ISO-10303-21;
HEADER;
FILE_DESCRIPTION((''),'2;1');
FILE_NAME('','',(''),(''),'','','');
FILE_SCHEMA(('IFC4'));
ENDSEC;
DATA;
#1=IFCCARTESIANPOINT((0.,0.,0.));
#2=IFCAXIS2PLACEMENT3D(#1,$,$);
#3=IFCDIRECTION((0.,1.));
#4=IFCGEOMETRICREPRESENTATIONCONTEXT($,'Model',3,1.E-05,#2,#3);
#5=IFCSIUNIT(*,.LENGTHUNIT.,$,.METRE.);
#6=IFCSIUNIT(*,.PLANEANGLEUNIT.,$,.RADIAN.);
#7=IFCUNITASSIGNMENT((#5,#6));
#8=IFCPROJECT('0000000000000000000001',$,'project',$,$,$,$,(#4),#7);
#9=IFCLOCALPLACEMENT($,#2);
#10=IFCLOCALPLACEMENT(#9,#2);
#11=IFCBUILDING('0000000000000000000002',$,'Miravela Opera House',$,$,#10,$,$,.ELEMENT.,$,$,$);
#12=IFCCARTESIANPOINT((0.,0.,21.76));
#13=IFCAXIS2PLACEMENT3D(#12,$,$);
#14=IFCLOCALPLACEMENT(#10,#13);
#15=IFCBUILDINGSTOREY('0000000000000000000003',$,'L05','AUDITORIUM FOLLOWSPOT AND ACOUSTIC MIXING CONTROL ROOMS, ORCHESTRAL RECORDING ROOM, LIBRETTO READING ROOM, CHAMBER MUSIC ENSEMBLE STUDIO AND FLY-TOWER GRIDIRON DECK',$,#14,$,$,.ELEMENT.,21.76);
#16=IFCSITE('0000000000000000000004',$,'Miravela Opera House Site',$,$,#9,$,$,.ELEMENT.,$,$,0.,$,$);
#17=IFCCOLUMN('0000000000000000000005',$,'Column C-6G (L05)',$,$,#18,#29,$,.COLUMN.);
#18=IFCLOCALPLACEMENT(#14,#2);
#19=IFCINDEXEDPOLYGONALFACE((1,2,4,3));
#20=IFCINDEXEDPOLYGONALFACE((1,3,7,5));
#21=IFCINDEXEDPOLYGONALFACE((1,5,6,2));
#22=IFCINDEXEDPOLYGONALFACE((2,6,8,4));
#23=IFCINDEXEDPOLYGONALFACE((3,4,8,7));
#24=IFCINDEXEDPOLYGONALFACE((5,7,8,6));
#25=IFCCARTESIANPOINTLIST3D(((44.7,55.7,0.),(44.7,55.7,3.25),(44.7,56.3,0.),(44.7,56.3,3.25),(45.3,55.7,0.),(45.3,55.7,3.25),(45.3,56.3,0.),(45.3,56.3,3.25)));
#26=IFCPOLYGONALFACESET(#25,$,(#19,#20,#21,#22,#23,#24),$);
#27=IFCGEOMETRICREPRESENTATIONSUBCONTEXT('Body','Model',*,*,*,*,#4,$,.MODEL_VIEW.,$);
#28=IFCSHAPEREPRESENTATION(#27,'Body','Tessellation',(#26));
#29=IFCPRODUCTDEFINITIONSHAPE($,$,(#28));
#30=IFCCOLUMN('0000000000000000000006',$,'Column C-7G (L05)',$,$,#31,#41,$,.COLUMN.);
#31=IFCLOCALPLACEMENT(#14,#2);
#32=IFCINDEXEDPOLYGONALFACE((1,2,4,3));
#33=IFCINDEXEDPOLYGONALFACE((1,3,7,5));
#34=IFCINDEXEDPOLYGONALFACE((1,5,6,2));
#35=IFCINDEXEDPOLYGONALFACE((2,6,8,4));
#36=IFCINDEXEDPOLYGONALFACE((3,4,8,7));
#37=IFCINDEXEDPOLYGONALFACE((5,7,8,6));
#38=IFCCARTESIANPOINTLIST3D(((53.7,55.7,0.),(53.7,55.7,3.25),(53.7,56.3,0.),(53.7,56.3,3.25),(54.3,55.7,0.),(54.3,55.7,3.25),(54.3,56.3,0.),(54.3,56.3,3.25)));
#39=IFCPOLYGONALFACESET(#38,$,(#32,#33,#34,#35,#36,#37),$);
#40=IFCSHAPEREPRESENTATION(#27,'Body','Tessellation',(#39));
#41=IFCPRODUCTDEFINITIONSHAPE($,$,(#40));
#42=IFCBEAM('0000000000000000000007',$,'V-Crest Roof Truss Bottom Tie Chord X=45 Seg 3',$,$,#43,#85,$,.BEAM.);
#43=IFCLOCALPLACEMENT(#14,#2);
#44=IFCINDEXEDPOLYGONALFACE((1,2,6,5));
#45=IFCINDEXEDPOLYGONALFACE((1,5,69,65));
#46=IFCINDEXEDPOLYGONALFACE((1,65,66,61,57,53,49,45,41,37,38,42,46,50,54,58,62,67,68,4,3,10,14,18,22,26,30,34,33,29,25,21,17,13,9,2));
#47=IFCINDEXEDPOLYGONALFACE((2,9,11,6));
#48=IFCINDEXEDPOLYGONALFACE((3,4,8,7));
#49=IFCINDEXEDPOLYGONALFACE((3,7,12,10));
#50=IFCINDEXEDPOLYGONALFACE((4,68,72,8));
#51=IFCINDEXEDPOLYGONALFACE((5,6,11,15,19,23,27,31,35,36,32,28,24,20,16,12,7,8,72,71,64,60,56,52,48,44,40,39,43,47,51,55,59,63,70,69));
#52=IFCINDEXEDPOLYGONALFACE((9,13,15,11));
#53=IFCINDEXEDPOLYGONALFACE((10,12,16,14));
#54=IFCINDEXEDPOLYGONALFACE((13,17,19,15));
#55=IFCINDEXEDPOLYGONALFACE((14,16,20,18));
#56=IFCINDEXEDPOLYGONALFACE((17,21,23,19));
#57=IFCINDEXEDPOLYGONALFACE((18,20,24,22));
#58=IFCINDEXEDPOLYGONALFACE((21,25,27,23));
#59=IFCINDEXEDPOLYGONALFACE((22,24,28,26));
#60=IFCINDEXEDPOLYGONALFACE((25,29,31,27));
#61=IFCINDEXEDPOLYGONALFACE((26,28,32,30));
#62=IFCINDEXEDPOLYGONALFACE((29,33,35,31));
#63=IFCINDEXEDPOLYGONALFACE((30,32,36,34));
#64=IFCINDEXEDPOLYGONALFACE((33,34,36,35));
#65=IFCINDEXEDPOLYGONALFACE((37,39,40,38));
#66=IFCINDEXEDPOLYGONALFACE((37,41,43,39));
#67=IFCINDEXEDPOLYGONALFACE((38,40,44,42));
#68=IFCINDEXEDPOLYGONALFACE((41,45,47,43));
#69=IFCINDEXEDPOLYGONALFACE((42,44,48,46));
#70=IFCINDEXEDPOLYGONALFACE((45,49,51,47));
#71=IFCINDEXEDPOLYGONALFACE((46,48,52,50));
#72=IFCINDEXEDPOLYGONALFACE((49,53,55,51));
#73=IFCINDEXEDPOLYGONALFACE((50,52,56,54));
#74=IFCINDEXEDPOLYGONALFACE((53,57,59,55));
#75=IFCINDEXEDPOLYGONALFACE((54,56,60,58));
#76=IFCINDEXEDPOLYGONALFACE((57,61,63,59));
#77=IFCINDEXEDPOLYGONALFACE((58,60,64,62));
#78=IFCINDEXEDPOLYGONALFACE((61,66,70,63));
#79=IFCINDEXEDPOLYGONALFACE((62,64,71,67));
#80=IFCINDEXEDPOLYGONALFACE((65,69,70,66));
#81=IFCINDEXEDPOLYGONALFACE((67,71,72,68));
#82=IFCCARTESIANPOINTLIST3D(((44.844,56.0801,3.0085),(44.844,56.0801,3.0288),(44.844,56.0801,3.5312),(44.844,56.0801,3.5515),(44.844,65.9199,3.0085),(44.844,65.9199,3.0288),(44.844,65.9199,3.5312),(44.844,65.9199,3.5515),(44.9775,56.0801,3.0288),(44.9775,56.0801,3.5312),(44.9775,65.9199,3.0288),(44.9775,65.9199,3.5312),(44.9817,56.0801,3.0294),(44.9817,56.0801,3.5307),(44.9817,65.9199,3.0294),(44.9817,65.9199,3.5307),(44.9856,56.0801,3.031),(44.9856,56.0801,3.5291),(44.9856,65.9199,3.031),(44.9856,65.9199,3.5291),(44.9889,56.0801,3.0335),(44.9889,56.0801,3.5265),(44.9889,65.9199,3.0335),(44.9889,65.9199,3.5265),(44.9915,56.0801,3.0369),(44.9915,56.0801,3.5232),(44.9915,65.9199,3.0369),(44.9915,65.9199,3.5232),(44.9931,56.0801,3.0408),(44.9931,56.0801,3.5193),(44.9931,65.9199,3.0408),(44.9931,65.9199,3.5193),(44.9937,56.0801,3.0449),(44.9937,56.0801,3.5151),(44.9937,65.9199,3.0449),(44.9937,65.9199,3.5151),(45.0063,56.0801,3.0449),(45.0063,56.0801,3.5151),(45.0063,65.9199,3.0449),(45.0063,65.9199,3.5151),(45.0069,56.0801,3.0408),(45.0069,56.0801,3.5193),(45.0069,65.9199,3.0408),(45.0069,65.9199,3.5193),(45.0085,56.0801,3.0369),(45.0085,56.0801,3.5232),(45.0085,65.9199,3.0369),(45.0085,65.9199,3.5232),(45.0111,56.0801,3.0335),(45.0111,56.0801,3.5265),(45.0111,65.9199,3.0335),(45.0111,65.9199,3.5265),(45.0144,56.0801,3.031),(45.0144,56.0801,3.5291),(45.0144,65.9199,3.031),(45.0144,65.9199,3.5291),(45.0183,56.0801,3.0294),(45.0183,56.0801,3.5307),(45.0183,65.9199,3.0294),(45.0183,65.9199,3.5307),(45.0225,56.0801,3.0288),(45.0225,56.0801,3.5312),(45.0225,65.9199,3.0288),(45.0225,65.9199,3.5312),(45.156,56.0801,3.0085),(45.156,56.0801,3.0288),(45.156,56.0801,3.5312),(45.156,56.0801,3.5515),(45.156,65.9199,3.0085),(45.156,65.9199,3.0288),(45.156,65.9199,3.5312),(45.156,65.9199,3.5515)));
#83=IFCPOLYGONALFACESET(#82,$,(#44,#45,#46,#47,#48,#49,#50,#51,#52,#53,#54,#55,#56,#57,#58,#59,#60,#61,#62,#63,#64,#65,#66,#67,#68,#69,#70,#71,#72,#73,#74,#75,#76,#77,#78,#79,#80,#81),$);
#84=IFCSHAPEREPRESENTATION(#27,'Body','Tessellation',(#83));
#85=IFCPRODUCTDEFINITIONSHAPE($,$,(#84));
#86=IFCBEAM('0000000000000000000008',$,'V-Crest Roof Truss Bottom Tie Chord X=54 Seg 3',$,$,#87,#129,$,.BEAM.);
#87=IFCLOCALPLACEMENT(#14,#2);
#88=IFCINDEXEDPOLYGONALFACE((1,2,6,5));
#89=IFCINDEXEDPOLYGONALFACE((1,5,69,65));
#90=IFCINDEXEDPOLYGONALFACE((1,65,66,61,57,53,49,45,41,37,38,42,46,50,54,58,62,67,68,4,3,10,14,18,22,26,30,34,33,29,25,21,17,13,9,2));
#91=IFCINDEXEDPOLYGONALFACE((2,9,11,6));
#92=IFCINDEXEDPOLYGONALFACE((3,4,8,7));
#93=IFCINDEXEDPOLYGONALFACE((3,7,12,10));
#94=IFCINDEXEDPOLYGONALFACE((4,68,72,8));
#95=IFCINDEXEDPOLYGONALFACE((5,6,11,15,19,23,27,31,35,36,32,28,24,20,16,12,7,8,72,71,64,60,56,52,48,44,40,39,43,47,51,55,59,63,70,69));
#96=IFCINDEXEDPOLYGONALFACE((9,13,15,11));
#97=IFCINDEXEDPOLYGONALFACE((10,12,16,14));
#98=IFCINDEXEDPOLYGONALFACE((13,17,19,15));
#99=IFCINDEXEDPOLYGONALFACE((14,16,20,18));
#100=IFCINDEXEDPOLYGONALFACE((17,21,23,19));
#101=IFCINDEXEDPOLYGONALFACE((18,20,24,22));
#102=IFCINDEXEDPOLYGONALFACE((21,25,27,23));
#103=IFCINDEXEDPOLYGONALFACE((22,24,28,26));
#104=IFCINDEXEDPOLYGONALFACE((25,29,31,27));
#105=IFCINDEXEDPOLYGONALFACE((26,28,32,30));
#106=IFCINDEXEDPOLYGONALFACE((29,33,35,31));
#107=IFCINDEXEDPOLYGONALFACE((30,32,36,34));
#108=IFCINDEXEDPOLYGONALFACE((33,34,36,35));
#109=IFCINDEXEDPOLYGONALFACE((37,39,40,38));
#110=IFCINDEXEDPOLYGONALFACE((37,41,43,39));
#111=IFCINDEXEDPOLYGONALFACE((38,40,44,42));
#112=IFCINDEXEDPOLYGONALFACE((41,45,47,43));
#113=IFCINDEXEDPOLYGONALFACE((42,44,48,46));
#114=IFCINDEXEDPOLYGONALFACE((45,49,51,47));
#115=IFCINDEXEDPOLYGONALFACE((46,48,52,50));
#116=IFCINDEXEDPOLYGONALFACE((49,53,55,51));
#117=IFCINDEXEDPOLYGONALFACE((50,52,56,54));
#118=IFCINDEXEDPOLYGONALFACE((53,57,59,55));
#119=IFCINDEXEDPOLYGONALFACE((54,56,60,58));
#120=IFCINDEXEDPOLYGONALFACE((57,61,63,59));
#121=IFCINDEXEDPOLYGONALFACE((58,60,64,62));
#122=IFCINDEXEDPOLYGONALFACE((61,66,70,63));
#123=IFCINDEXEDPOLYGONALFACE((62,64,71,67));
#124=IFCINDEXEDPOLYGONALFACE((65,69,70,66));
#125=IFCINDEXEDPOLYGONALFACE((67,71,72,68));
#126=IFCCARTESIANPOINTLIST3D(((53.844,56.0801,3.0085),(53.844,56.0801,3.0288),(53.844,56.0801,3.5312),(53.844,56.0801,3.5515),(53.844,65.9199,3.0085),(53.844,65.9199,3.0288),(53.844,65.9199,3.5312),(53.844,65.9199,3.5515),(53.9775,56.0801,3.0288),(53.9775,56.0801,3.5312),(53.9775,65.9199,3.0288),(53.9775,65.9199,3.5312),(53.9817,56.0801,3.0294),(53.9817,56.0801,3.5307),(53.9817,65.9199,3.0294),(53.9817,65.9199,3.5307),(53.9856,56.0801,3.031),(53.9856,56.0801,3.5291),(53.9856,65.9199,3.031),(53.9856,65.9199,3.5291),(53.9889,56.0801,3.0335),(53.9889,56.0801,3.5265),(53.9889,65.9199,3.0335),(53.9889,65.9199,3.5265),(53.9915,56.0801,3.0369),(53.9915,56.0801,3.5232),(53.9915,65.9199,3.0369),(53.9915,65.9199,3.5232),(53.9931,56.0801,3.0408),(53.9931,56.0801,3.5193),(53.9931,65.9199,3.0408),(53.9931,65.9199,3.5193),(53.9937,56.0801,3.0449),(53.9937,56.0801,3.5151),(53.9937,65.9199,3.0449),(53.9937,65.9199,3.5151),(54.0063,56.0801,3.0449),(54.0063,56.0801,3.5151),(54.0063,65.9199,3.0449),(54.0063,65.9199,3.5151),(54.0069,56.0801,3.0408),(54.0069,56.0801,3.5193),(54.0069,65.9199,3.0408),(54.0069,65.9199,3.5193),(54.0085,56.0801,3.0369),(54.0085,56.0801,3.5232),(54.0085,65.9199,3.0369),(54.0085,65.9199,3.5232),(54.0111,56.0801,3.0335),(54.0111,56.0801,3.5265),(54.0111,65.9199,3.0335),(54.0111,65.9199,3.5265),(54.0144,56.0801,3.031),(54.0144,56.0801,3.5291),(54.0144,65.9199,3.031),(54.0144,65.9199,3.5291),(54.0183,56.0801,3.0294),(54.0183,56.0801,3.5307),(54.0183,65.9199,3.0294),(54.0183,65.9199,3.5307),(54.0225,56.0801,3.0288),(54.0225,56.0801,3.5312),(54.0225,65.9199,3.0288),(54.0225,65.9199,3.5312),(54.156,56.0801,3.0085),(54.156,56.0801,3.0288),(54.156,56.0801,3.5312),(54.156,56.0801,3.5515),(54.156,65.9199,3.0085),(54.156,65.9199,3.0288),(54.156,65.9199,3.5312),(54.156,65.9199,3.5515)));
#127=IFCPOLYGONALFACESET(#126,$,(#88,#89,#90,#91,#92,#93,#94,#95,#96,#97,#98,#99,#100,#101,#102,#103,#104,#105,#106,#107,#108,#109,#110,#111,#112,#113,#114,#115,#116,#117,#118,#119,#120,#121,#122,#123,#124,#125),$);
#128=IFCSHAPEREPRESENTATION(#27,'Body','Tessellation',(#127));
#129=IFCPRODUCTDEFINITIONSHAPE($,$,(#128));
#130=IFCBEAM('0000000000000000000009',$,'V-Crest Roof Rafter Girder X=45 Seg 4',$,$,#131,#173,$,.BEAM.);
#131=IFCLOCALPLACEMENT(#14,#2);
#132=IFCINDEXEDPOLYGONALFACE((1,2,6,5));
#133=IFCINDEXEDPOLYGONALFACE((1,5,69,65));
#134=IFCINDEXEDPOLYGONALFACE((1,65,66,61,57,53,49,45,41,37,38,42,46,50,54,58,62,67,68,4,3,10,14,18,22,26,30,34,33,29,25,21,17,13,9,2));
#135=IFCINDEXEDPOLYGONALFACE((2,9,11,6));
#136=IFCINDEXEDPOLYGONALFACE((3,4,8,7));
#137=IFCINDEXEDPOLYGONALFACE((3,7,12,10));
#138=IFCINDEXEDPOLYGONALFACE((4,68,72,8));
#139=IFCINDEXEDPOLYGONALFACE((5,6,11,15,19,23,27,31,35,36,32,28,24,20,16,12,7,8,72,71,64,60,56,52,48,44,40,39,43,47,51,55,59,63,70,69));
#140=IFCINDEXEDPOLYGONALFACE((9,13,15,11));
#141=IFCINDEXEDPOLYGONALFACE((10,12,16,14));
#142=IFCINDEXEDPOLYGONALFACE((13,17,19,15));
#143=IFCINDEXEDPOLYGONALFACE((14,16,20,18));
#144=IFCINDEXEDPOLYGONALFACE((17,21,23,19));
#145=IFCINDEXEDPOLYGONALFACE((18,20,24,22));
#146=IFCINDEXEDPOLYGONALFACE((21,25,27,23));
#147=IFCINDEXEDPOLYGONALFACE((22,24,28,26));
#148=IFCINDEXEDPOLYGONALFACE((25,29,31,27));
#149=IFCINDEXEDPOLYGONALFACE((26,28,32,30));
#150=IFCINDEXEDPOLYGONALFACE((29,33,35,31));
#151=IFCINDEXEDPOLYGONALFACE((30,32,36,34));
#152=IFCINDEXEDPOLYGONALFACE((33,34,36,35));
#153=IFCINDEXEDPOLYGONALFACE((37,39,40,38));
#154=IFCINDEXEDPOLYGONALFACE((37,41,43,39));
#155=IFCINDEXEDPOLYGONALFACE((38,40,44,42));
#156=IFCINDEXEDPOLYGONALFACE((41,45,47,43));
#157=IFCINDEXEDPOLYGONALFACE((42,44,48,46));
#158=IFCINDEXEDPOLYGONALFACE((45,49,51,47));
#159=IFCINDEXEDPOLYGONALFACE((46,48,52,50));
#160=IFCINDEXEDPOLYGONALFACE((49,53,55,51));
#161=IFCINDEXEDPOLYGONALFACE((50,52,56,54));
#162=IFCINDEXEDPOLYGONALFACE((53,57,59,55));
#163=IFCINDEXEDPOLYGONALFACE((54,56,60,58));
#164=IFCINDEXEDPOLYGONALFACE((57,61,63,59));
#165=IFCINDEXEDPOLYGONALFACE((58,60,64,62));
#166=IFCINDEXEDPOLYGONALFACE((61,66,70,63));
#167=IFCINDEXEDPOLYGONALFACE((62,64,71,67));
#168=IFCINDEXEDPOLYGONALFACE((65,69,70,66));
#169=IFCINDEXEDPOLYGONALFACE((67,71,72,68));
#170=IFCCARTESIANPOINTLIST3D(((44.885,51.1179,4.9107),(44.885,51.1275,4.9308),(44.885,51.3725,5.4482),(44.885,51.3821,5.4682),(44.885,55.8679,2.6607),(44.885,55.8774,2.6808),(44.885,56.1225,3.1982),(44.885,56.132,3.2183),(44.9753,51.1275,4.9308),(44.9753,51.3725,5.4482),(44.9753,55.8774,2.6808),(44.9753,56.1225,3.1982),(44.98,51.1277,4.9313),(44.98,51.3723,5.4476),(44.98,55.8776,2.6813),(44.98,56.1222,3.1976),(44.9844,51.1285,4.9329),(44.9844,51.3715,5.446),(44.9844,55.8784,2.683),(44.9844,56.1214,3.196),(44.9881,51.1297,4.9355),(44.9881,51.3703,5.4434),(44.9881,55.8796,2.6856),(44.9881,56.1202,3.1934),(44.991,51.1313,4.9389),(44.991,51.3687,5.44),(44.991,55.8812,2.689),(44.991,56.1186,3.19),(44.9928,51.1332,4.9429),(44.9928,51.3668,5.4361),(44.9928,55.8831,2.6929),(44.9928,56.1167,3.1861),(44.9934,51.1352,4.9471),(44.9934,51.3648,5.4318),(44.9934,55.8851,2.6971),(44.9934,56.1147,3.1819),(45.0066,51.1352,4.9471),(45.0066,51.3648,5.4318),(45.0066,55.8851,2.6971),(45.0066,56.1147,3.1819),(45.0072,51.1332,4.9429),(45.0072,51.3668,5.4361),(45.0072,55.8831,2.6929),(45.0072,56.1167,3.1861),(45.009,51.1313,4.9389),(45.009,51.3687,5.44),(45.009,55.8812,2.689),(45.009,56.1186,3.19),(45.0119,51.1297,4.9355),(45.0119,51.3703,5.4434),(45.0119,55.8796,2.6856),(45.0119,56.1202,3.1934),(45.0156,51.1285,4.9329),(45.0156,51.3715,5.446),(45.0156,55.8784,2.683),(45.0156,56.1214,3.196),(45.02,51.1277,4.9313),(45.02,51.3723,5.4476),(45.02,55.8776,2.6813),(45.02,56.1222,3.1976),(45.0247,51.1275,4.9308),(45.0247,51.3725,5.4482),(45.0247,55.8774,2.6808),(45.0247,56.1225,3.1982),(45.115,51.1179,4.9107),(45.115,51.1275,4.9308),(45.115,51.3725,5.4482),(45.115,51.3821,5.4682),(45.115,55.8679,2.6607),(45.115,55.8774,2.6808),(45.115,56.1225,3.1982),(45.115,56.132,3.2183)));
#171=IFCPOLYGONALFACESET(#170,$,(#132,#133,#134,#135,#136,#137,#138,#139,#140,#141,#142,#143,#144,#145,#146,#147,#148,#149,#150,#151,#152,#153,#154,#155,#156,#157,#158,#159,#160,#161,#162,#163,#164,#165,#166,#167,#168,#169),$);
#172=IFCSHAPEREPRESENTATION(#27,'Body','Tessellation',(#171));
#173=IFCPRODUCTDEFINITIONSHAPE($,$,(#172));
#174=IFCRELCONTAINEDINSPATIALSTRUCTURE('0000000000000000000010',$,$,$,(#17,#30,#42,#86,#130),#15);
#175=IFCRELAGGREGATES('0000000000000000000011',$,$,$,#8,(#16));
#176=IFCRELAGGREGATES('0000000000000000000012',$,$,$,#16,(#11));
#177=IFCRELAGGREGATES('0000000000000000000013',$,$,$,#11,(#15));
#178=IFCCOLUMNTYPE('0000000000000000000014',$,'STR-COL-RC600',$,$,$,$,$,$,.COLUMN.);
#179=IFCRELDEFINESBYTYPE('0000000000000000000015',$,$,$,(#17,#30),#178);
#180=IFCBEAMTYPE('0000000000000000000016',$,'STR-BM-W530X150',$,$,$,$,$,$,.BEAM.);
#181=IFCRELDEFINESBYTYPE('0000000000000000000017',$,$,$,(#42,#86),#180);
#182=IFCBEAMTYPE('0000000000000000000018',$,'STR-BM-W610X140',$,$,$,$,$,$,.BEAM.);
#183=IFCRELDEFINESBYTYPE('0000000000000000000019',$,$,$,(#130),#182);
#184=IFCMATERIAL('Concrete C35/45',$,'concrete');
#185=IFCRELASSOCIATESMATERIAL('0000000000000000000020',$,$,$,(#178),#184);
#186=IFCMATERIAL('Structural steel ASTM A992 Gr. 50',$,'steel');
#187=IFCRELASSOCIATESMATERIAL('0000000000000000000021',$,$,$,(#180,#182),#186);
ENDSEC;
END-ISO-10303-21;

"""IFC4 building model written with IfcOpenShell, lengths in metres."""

from ifc_helpers import new_model, si_unit, direction, frame, origin, origin_2d, place, context, subcontext, project, spatial, rectangle, i_section, extrude, material, material_profile, profile_set, type_object, element, save


model = new_model("IFC4")

# Units and contexts
model_context = context("Model", 3, precision=1e-05, world=origin(), true_north=direction((0.0, 1.0)))
body_context = subcontext(model_context, "Body", "Model", "MODEL_VIEW")
ifc_project = project(units=[si_unit("LENGTHUNIT", "METRE"), si_unit("PLANEANGLEUNIT", "RADIAN")], contexts=[model_context])

# Site, building, storey
site_placement = place(None, origin())
site = spatial("IfcSite", under=ifc_project, at=site_placement, Name="Miravela Opera House Site", CompositionType="ELEMENT", RefElevation=0.0)
building_placement = place(site_placement, origin())
building = spatial("IfcBuilding", under=site, at=building_placement, Name="Miravela Opera House", CompositionType="ELEMENT")
storey_placement = place(building_placement, frame((0.0, 0.0, 21.76)))
storey = spatial("IfcBuildingStorey", under=building, at=storey_placement, Name="L05", Description="AUDITORIUM FOLLOWSPOT AND ACOUSTIC MIXING CONTROL ROOMS, ORCHESTRAL RECORDING ROOM, LIBRETTO READING ROOM, CHAMBER MUSIC ENSEMBLE STUDIO AND FLY-TOWER GRIDIRON DECK", CompositionType="ELEMENT", Elevation=21.76)

# Columns
ifc_material_1 = material(Name="Concrete C35/45", Category="concrete")
ifc_material_profile_1 = material_profile(ifc_material_1, rectangle(XDim=0.6001, YDim=0.6001, at=origin_2d()), Name="RC-COL-600X600")
ifc_profile_set_1 = profile_set([ifc_material_profile_1])
column_type = type_object("IfcColumnType", Name="STR-COL-RC600", PredefinedType="COLUMN", material=ifc_profile_set_1)
for number, where, z_axis, x_axis, name in (
    (1, (45.0, 56.0, 0.0), (0.0, 0.0, 1.0), (1.0, 0.0, 0.0), "Column C-6G (L05)"),
    (2, (54.0, 56.0, 0.0), (0.0, 0.0, 1.0), (1.0, 0.0, 0.0), "Column C-7G (L05)"),
):
    element("IfcColumn", number, at=place(storey_placement, frame(where, z_axis=z_axis, x_axis=x_axis)), inside=storey, type_object=column_type, Name=name, PredefinedType="COLUMN", context=body_context, shape_type="SweptSolid", body=[
        extrude(rectangle(XDim=0.6001, YDim=0.6001, at=origin_2d()), origin(), (0.0, 0.0, 1.0), 3.25),
    ])

# Beams
ifc_material_2 = material(Name="Structural steel ASTM A992 Gr. 50", Category="steel")
ifc_material_profile_2 = material_profile(ifc_material_2, i_section(OverallWidth=0.312, OverallDepth=0.543, WebThickness=0.0127, FlangeThickness=0.0203, FilletRadius=0.0161, at=origin_2d()), Name="W530X150")
ifc_profile_set_2 = profile_set([ifc_material_profile_2])
beam_type_1 = type_object("IfcBeamType", Name="STR-BM-W530X150", PredefinedType="BEAM", material=ifc_profile_set_2)
for number, where, z_axis, x_axis, name in (
    (3, (45.0, 56.0801, 3.28), (0.0, 1.0, 0.0), (-1.0, 0.0, 0.0), "V-Crest Roof Truss Bottom Tie Chord X=45 Seg 3"),
    (4, (54.0, 56.0801, 3.28), (0.0, 1.0, 0.0), (-1.0, 0.0, 0.0), "V-Crest Roof Truss Bottom Tie Chord X=54 Seg 3"),
):
    element("IfcBeam", number, at=place(storey_placement, frame(where, z_axis=z_axis, x_axis=x_axis)), inside=storey, type_object=beam_type_1, Name=name, PredefinedType="BEAM", context=body_context, shape_type="SweptSolid", body=[
        extrude(i_section(OverallWidth=0.312, OverallDepth=0.543, WebThickness=0.0127, FlangeThickness=0.0203, FilletRadius=0.0161, at=origin_2d()), origin(), (0.0, 0.0, 1.0), 9.8398),
    ])
ifc_material_profile_3 = material_profile(ifc_material_2, i_section(OverallWidth=0.23, OverallDepth=0.6169, WebThickness=0.0132, FlangeThickness=0.0222, FilletRadius=0.0181, at=origin_2d()), Name="W610X140")
ifc_profile_set_3 = profile_set([ifc_material_profile_3])
beam_type_2 = type_object("IfcBeamType", Name="STR-BM-W610X140", PredefinedType="BEAM", material=ifc_profile_set_3)
for number, where, z_axis, x_axis, name in (
    (5, (45.0, 51.25, 5.1895), (0.0, 0.903738, -0.428086), (-1.0, 0.0, 0.0), "V-Crest Roof Rafter Girder X=45 Seg 4"),
):
    element("IfcBeam", number, at=place(storey_placement, frame(where, z_axis=z_axis, x_axis=x_axis)), inside=storey, type_object=beam_type_2, Name=name, PredefinedType="BEAM", context=body_context, shape_type="SweptSolid", body=[
        extrude(i_section(OverallWidth=0.23, OverallDepth=0.6169, WebThickness=0.0132, FlangeThickness=0.0222, FilletRadius=0.0181, at=origin_2d()), origin(), (0.0, 0.0, 1.0), 5.2559),
    ])

save(model, "model.ifc")
